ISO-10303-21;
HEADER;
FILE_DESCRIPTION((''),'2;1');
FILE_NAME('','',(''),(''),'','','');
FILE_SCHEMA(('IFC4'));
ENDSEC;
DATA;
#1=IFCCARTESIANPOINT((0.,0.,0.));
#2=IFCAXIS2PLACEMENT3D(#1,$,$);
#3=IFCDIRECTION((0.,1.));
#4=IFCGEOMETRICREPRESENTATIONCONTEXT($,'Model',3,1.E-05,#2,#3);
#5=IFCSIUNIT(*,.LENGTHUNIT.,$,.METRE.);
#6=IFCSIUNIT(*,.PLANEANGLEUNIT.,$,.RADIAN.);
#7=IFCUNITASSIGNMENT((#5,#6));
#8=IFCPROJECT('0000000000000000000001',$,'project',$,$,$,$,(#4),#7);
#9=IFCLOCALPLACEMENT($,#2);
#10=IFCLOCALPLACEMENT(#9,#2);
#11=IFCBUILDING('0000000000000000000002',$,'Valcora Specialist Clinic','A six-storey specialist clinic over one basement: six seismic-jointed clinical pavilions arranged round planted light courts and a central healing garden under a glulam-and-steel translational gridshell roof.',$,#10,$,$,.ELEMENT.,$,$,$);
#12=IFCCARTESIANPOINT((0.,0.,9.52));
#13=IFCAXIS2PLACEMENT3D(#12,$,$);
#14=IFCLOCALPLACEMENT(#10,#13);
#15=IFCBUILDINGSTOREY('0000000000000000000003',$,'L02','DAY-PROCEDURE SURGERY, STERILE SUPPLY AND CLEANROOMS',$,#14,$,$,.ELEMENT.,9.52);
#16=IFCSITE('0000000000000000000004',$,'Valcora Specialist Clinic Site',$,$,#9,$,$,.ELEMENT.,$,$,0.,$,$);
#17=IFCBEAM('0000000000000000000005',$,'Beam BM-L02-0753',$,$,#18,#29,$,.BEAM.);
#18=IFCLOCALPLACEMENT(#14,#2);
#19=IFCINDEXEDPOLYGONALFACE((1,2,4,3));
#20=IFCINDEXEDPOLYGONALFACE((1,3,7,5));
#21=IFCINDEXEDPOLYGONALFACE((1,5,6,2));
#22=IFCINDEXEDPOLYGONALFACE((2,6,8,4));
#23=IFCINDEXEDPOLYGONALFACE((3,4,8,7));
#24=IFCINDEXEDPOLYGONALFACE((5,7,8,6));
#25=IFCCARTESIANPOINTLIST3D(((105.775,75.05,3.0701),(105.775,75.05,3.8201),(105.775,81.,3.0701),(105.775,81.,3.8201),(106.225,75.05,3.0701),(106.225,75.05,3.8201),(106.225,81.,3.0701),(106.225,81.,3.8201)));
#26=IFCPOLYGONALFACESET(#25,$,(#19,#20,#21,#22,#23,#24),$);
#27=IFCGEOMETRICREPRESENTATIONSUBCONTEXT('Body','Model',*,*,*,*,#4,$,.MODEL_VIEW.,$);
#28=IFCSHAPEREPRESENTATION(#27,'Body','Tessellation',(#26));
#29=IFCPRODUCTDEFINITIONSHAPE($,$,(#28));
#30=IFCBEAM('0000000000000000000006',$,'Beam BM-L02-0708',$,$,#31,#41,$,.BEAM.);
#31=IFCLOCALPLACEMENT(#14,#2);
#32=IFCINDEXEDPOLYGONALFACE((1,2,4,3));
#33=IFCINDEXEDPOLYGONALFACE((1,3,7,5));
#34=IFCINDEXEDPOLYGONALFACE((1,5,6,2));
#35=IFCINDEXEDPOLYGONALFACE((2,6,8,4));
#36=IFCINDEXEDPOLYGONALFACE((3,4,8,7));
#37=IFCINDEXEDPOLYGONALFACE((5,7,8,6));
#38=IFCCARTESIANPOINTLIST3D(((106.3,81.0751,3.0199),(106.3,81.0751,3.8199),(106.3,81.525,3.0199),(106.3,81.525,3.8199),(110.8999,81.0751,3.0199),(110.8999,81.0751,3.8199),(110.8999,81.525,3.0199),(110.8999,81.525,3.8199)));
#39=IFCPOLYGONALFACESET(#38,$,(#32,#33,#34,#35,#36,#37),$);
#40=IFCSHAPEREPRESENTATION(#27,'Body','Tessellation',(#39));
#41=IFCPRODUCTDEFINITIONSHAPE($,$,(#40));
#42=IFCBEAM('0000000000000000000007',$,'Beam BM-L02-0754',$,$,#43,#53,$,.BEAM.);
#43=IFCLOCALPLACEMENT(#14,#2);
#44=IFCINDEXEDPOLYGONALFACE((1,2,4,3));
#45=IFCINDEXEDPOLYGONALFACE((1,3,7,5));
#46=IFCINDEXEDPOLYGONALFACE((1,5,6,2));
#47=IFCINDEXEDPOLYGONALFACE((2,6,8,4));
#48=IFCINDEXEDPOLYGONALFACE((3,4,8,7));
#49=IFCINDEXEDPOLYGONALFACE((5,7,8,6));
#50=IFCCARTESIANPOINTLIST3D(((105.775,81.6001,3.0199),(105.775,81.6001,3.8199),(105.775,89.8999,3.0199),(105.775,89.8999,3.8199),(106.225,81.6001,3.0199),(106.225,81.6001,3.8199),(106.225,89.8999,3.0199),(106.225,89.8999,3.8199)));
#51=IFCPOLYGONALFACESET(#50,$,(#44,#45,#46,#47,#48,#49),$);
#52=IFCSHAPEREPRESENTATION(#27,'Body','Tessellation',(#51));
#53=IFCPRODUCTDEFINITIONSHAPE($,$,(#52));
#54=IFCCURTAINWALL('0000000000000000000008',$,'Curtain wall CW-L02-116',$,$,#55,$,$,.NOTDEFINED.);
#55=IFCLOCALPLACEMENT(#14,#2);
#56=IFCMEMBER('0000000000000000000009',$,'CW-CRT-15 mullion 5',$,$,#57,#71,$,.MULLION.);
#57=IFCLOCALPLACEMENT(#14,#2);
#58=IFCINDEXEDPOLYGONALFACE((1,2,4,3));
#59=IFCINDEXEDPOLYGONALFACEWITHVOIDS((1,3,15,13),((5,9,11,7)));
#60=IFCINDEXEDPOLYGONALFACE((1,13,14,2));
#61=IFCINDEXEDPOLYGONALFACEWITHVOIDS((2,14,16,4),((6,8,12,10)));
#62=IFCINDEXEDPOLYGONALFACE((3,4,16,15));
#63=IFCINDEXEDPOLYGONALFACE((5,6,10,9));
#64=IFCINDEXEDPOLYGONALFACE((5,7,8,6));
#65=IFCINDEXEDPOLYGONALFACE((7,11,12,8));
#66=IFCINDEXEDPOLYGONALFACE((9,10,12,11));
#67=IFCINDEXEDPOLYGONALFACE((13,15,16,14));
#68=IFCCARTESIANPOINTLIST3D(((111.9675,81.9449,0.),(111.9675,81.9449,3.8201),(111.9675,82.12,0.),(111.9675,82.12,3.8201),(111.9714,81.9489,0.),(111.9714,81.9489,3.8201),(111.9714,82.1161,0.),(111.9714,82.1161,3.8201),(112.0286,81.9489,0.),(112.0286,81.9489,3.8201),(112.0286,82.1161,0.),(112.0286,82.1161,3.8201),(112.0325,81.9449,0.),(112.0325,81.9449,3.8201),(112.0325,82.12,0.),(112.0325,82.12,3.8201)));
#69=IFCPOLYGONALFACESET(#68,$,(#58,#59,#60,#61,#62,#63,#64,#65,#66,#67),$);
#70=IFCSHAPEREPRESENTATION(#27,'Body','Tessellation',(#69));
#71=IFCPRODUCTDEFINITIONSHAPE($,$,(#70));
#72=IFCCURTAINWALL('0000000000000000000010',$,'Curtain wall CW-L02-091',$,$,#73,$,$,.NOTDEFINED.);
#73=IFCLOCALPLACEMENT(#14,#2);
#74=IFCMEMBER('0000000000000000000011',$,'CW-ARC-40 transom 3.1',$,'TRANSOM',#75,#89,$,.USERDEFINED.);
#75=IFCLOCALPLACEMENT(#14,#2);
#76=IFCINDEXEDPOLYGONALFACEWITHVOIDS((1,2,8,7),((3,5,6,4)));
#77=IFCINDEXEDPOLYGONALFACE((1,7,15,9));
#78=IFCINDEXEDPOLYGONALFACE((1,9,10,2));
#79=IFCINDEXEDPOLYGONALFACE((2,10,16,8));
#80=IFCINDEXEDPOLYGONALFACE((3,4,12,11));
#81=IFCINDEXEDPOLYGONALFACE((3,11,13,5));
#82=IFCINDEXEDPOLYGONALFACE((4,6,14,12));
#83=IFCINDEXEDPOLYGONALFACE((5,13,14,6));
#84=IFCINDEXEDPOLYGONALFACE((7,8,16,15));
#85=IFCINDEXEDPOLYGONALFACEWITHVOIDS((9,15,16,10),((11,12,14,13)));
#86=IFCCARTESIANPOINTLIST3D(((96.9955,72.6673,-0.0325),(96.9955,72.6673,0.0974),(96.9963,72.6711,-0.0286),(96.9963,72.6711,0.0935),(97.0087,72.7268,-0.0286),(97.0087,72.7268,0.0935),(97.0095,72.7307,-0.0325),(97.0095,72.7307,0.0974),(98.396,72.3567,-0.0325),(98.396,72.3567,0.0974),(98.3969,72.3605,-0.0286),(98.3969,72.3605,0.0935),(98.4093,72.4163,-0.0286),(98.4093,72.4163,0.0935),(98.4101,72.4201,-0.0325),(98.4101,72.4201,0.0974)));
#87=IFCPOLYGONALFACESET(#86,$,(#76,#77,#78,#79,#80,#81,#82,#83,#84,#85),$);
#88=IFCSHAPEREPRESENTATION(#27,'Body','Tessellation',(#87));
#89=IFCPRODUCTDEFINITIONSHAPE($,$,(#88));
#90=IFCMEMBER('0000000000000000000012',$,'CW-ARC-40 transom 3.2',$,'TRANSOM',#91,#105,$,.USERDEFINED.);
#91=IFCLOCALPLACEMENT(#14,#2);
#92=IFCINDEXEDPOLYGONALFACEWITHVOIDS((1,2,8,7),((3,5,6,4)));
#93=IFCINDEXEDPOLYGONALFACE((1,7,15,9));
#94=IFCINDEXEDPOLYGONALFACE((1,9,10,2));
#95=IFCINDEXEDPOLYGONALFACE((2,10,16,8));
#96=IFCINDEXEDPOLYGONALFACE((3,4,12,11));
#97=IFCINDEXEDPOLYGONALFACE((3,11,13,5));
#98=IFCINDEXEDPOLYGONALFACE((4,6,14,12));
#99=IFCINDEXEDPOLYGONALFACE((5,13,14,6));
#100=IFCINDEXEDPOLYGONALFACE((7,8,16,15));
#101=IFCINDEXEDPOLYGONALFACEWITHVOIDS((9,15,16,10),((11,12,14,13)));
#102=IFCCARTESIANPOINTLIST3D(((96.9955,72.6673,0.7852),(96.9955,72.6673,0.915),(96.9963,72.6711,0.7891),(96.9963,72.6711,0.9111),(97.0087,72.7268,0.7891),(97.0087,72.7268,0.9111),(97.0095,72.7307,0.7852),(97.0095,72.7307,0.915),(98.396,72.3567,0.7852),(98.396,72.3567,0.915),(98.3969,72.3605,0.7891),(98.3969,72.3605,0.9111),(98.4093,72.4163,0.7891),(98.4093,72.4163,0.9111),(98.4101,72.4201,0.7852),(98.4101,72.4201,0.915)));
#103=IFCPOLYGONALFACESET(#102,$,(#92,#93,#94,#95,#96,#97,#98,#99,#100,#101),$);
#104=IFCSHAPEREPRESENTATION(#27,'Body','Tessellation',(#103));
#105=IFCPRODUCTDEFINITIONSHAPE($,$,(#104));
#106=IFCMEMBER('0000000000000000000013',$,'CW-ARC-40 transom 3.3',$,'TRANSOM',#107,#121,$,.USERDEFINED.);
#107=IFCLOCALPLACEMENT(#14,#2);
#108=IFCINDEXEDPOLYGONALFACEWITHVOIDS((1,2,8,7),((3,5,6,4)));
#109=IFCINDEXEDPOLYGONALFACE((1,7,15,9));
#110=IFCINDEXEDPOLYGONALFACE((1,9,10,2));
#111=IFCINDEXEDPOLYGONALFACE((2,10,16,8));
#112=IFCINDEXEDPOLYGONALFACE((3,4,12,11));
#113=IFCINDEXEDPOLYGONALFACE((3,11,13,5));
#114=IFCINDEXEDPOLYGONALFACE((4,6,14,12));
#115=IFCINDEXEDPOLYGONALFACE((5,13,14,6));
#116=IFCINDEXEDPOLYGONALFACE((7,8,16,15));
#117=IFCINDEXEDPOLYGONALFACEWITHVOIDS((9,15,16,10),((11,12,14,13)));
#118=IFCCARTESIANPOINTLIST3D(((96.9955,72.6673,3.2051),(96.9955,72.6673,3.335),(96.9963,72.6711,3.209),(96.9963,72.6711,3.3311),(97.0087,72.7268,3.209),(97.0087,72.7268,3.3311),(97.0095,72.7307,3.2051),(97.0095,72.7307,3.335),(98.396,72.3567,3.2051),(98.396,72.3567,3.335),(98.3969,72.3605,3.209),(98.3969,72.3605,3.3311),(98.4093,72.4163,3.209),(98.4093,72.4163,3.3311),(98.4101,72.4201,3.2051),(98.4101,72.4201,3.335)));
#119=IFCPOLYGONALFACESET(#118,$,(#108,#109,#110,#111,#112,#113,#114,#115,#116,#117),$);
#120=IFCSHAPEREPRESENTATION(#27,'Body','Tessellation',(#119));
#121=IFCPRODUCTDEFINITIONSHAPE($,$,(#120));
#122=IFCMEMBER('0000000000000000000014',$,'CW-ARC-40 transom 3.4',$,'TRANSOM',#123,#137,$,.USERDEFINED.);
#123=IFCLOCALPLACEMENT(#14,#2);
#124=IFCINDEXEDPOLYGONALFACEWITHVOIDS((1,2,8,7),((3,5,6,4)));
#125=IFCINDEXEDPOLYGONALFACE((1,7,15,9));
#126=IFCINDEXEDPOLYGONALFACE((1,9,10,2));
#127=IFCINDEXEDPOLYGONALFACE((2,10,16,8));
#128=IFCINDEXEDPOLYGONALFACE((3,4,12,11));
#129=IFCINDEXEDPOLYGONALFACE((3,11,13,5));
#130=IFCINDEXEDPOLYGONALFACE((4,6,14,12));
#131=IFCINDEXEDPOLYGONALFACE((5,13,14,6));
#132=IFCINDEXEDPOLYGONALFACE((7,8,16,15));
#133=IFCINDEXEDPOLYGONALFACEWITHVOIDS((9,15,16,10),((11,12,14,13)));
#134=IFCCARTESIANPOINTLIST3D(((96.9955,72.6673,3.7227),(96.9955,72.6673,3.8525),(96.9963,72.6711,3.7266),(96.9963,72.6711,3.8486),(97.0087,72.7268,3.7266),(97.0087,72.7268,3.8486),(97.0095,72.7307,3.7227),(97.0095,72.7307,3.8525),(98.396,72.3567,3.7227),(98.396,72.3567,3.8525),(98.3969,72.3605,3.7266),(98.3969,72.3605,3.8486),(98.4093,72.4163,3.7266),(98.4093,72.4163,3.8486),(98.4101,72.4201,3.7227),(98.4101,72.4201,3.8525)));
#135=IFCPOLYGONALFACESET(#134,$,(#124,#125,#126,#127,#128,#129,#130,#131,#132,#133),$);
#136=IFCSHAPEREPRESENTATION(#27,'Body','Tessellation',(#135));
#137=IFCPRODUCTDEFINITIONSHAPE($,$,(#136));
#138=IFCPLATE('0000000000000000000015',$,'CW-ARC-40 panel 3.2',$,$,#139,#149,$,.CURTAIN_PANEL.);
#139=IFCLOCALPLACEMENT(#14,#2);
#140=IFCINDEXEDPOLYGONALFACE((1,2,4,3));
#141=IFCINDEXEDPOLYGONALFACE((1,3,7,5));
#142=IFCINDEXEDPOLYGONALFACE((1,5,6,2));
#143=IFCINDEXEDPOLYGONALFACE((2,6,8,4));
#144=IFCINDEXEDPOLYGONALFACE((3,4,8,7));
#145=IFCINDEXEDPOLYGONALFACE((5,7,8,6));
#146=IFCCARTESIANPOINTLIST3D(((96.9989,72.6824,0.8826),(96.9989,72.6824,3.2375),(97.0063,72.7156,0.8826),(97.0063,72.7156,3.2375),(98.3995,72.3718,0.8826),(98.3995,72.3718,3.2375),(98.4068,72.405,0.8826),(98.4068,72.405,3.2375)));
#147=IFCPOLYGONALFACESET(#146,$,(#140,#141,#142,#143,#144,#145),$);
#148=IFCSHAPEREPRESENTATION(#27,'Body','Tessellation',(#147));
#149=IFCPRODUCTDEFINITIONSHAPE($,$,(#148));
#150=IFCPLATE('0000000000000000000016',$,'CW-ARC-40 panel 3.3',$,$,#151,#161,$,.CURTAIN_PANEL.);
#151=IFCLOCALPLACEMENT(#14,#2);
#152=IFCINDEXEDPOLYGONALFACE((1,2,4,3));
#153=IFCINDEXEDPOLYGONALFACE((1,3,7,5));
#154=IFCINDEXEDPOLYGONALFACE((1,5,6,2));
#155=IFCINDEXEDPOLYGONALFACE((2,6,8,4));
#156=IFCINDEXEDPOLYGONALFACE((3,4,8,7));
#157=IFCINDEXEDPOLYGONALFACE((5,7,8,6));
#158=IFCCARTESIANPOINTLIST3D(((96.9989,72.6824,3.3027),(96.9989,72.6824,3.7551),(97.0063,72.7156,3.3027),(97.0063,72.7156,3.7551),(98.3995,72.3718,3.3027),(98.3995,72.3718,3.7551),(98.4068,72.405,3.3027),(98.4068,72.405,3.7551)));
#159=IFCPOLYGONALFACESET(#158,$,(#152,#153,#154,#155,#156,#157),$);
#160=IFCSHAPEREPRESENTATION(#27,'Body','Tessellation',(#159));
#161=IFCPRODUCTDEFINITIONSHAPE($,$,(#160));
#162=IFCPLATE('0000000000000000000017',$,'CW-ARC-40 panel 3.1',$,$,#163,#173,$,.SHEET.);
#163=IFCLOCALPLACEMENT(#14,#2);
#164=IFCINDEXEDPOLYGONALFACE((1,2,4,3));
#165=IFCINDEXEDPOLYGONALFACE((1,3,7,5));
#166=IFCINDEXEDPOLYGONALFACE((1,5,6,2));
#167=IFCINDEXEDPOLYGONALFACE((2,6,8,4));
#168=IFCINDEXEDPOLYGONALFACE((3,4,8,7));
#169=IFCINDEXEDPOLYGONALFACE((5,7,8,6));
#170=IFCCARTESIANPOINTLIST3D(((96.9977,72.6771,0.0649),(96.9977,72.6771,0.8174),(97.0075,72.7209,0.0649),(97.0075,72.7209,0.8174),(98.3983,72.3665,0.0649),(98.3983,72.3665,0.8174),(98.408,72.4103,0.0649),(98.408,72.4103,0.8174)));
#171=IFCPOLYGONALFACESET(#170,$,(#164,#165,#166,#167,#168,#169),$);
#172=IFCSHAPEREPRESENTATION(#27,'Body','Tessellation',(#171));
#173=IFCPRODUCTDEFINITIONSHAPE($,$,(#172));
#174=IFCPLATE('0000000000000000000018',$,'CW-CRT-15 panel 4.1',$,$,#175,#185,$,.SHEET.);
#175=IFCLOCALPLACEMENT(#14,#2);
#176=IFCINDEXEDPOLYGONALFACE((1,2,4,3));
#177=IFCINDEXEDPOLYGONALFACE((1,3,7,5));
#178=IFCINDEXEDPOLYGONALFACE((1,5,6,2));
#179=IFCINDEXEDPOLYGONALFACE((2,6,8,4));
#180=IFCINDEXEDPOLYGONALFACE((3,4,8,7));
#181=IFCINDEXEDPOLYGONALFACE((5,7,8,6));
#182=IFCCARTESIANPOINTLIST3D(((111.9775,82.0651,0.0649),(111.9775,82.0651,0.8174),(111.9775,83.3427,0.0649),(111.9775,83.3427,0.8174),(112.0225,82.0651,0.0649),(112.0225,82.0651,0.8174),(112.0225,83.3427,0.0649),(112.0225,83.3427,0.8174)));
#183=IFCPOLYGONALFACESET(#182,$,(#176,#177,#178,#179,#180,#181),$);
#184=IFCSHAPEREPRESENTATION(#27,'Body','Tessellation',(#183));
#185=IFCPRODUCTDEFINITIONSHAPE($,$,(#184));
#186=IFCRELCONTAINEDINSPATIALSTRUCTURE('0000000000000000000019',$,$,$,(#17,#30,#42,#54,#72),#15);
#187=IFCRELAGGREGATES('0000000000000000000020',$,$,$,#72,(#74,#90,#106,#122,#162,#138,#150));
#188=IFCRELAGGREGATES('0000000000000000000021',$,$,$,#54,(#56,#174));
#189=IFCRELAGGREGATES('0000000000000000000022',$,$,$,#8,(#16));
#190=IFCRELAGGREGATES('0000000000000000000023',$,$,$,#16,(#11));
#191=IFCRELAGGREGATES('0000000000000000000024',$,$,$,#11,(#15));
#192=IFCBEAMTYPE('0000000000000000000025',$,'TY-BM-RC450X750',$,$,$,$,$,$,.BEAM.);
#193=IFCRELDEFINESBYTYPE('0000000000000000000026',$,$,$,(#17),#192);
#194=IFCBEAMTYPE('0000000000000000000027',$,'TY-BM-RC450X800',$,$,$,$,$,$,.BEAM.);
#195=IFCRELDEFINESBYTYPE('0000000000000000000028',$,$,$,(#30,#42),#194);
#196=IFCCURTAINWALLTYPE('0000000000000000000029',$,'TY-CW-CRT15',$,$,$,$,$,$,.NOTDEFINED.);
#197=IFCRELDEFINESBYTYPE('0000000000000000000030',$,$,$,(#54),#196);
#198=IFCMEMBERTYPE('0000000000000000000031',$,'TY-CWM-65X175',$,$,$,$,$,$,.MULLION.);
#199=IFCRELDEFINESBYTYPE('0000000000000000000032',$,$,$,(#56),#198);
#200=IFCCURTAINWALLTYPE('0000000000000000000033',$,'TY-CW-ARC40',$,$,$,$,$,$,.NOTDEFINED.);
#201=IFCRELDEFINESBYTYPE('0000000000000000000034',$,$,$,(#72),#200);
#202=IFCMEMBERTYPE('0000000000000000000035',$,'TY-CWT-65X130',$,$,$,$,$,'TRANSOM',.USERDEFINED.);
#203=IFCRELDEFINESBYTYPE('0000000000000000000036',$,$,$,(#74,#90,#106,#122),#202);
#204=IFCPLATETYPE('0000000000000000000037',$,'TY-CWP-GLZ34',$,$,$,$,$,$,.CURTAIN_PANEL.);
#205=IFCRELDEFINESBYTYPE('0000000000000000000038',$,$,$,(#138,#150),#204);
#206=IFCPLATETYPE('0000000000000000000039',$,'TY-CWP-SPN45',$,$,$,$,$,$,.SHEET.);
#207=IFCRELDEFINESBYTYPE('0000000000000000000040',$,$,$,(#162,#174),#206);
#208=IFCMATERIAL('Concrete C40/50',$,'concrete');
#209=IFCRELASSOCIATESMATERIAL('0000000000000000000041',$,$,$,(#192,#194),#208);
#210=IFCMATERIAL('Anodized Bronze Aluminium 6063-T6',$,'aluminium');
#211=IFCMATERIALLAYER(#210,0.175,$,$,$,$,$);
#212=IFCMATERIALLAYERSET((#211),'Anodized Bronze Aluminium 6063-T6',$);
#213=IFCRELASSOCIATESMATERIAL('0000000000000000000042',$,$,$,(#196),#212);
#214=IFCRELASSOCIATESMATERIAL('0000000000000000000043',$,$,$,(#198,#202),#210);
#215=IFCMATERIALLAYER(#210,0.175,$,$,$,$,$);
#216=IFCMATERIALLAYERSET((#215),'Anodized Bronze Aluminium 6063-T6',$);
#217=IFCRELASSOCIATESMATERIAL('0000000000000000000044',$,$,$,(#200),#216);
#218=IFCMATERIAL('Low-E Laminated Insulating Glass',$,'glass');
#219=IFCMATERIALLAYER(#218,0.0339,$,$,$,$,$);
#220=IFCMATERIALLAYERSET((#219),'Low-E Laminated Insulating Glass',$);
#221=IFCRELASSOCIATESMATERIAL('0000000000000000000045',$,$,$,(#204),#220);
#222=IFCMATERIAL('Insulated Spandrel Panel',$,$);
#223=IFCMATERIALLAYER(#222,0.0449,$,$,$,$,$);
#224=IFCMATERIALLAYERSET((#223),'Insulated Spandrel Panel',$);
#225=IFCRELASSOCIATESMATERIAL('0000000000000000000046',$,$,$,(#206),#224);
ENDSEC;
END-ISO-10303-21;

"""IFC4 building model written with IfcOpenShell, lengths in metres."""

from ifc_helpers import new_model, si_unit, direction, frame, origin, origin_2d, place, context, subcontext, project, spatial, rectangle, hollow_rectangle, extrude, material, layer, layer_set, material_profile, profile_set, type_object, element, aggregate, save


model = new_model("IFC4")

# Units and contexts
model_context = context("Model", 3, precision=1e-05, world=origin(), true_north=direction((0.0, 1.0)))
body_context = subcontext(model_context, "Body", "Model", "MODEL_VIEW")
ifc_project = project(units=[si_unit("LENGTHUNIT", "METRE"), si_unit("PLANEANGLEUNIT", "RADIAN")], contexts=[model_context])

# Site, building, storey
site_placement = place(None, origin())
site = spatial("IfcSite", under=ifc_project, at=site_placement, Name="Valcora Specialist Clinic Site", CompositionType="ELEMENT", RefElevation=0.0)
building_placement = place(site_placement, origin())
building = spatial("IfcBuilding", under=site, at=building_placement, Name="Valcora Specialist Clinic", Description="A six-storey specialist clinic over one basement: six seismic-jointed clinical pavilions arranged round planted light courts and a central healing garden under a glulam-and-steel translational gridshell roof.", CompositionType="ELEMENT")
storey_placement = place(building_placement, frame((0.0, 0.0, 9.52)))
storey = spatial("IfcBuildingStorey", under=building, at=storey_placement, Name="L02", Description="DAY-PROCEDURE SURGERY, STERILE SUPPLY AND CLEANROOMS", CompositionType="ELEMENT", Elevation=9.52)

# Shared definitions
ifc_material_1 = material(Name="Concrete C40/50", Category="concrete")

# Beams
ifc_material_profile_1 = material_profile(ifc_material_1, rectangle(XDim=0.45, YDim=0.75, at=origin_2d()), Name="RC-BM-450X750")
ifc_profile_set_1 = profile_set([ifc_material_profile_1], Name="Concrete C40/50")
beam_type_1 = type_object("IfcBeamType", Name="TY-BM-RC450X750", PredefinedType="BEAM", material=ifc_profile_set_1)
beam_1_placement = place(storey_placement, frame((106.0, 75.05, 3.4451), z_axis=(0.0, 1.0, 0.0), x_axis=(-1.0, 0.0, 0.0)))
element("IfcBeam", 1, at=beam_1_placement, inside=storey, type_object=beam_type_1, Name="Beam BM-L02-0753", PredefinedType="BEAM", context=body_context, shape_type="SweptSolid", body=[
    extrude(rectangle(XDim=0.45, YDim=0.75, at=origin_2d()), origin(), (0.0, 0.0, 1.0), 5.95),
])
ifc_material_profile_2 = material_profile(ifc_material_1, rectangle(XDim=0.45, YDim=0.8, at=origin_2d()), Name="RC-BM-450X800")
ifc_profile_set_2 = profile_set([ifc_material_profile_2], Name="Concrete C40/50")
beam_type_2 = type_object("IfcBeamType", Name="TY-BM-RC450X800", PredefinedType="BEAM", material=ifc_profile_set_2)
beam_2_placement = place(storey_placement, frame((106.3, 81.3, 3.4199), z_axis=(1.0, 0.0, 0.0), x_axis=(0.0, 1.0, 0.0)))
element("IfcBeam", 2, at=beam_2_placement, inside=storey, type_object=beam_type_2, Name="Beam BM-L02-0708", PredefinedType="BEAM", context=body_context, shape_type="SweptSolid", body=[
    extrude(rectangle(XDim=0.45, YDim=0.8, at=origin_2d()), origin(), (0.0, 0.0, 1.0), 4.5999),
])
beam_3_placement = place(storey_placement, frame((106.0, 81.6001, 3.4199), z_axis=(0.0, 1.0, 0.0), x_axis=(-1.0, 0.0, 0.0)))
element("IfcBeam", 3, at=beam_3_placement, inside=storey, type_object=beam_type_2, Name="Beam BM-L02-0754", PredefinedType="BEAM", context=body_context, shape_type="SweptSolid", body=[
    extrude(rectangle(XDim=0.45, YDim=0.8, at=origin_2d()), origin(), (0.0, 0.0, 1.0), 8.2998),
])

# Curtain wall, member
ifc_material_2 = material(Name="Anodized Bronze Aluminium 6063-T6", Category="aluminium")
ifc_layer_1 = layer(ifc_material_2, 0.175)
ifc_layer_set_1 = layer_set([ifc_layer_1], Name="Anodized Bronze Aluminium 6063-T6")
curtain_wall_type_1 = type_object("IfcCurtainWallType", Name="TY-CW-CRT15", PredefinedType="NOTDEFINED", material=ifc_layer_set_1)
curtain_wall_1_placement = place(storey_placement, origin())
curtain_wall_1 = element("IfcCurtainWall", 4, at=curtain_wall_1_placement, inside=storey, type_object=curtain_wall_type_1, Name="Curtain wall CW-L02-116", PredefinedType="NOTDEFINED")
ifc_material_profile_3 = material_profile(ifc_material_2, hollow_rectangle(XDim=0.0649, YDim=0.175, WallThickness=0.0039, at=origin_2d()), Name="AL-MUL-65X175")
ifc_profile_set_3 = profile_set([ifc_material_profile_3], Name="Anodized Bronze Aluminium 6063-T6")
member_type_1 = type_object("IfcMemberType", Name="TY-CWM-65X175", PredefinedType="MULLION", material=ifc_profile_set_3)
member_1_placement = place(storey_placement, frame((112.0, 82.0325, 0.0), z_axis=(0.0, 0.0, 1.0), x_axis=(1.0, 0.0, 0.0)))
member_1 = element("IfcMember", 5, at=member_1_placement, type_object=member_type_1, Name="CW-CRT-15 mullion 5", PredefinedType="MULLION", context=body_context, shape_type="SweptSolid", body=[
    extrude(hollow_rectangle(XDim=0.0649, YDim=0.175, WallThickness=0.0039, at=origin_2d()), origin(), (0.0, 0.0, 1.0), 3.8201),
])

# Curtain wall, members, plates
ifc_layer_2 = layer(ifc_material_2, 0.175)
ifc_layer_set_2 = layer_set([ifc_layer_2], Name="Anodized Bronze Aluminium 6063-T6")
curtain_wall_type_2 = type_object("IfcCurtainWallType", Name="TY-CW-ARC40", PredefinedType="NOTDEFINED", material=ifc_layer_set_2)
curtain_wall_2_placement = place(storey_placement, origin())
curtain_wall_2 = element("IfcCurtainWall", 6, at=curtain_wall_2_placement, inside=storey, type_object=curtain_wall_type_2, Name="Curtain wall CW-L02-091", PredefinedType="NOTDEFINED")
ifc_material_profile_4 = material_profile(ifc_material_2, hollow_rectangle(XDim=0.0649, YDim=0.1299, WallThickness=0.0039, at=origin_2d()), Name="AL-TRN-65X130")
ifc_profile_set_4 = profile_set([ifc_material_profile_4], Name="Anodized Bronze Aluminium 6063-T6")
member_type_2 = type_object("IfcMemberType", Name="TY-CWT-65X130", ElementType="TRANSOM", PredefinedType="USERDEFINED", material=ifc_profile_set_4)
member_2_placement = place(storey_placement, frame((98.4031, 72.3884, 0.0325), z_axis=(-0.976291, 0.216462, 0.0), x_axis=(-0.216462, -0.976291, 0.0)))
member_2 = element("IfcMember", 7, at=member_2_placement, type_object=member_type_2, Name="CW-ARC-40 transom 3.1", ObjectType="TRANSOM", PredefinedType="USERDEFINED", context=body_context, shape_type="SweptSolid", body=[
    extrude(hollow_rectangle(XDim=0.0649, YDim=0.1299, WallThickness=0.0039, at=origin_2d()), origin(), (0.0, 0.0, 1.0), 1.4346),
])
member_3_placement = place(storey_placement, frame((98.4031, 72.3884, 0.8501), z_axis=(-0.976291, 0.216462, 0.0), x_axis=(-0.216462, -0.976291, 0.0)))
member_3 = element("IfcMember", 8, at=member_3_placement, type_object=member_type_2, Name="CW-ARC-40 transom 3.2", ObjectType="TRANSOM", PredefinedType="USERDEFINED", context=body_context, shape_type="SweptSolid", body=[
    extrude(hollow_rectangle(XDim=0.0649, YDim=0.1299, WallThickness=0.0039, at=origin_2d()), origin(), (0.0, 0.0, 1.0), 1.4346),
])
member_4_placement = place(storey_placement, frame((98.4031, 72.3884, 3.27), z_axis=(-0.976291, 0.216462, 0.0), x_axis=(-0.216462, -0.976291, 0.0)))
member_4 = element("IfcMember", 9, at=member_4_placement, type_object=member_type_2, Name="CW-ARC-40 transom 3.3", ObjectType="TRANSOM", PredefinedType="USERDEFINED", context=body_context, shape_type="SweptSolid", body=[
    extrude(hollow_rectangle(XDim=0.0649, YDim=0.1299, WallThickness=0.0039, at=origin_2d()), origin(), (0.0, 0.0, 1.0), 1.4346),
])
member_5_placement = place(storey_placement, frame((98.4031, 72.3884, 3.7876), z_axis=(-0.976291, 0.216462, 0.0), x_axis=(-0.216462, -0.976291, 0.0)))
member_5 = element("IfcMember", 10, at=member_5_placement, type_object=member_type_2, Name="CW-ARC-40 transom 3.4", ObjectType="TRANSOM", PredefinedType="USERDEFINED", context=body_context, shape_type="SweptSolid", body=[
    extrude(hollow_rectangle(XDim=0.0649, YDim=0.1299, WallThickness=0.0039, at=origin_2d()), origin(), (0.0, 0.0, 1.0), 1.4346),
])
ifc_material_3 = material(Name="Low-E Laminated Insulating Glass", Category="glass")
ifc_layer_3 = layer(ifc_material_3, 0.0339)
ifc_layer_set_3 = layer_set([ifc_layer_3], Name="Low-E Laminated Insulating Glass")
plate_type_1 = type_object("IfcPlateType", Name="TY-CWP-GLZ34", PredefinedType="CURTAIN_PANEL", material=ifc_layer_set_3)
plate_1_placement = place(storey_placement, frame((97.7029, 72.5437, 0.8826), z_axis=(0.0, 0.0, 1.0), x_axis=(-0.976279, 0.216518, 0.0)))
plate_1 = element("IfcPlate", 11, at=plate_1_placement, type_object=plate_type_1, Name="CW-ARC-40 panel 3.2", PredefinedType="CURTAIN_PANEL", context=body_context, shape_type="SweptSolid", body=[
    extrude(rectangle(XDim=1.4346, YDim=0.0339, at=origin_2d()), origin(), (0.0, 0.0, 1.0), 2.355),
])
plate_2_placement = place(storey_placement, frame((97.7029, 72.5437, 3.3027), z_axis=(0.0, 0.0, 1.0), x_axis=(-0.976279, 0.216518, 0.0)))
plate_2 = element("IfcPlate", 12, at=plate_2_placement, type_object=plate_type_1, Name="CW-ARC-40 panel 3.3", PredefinedType="CURTAIN_PANEL", context=body_context, shape_type="SweptSolid", body=[
    extrude(rectangle(XDim=1.4346, YDim=0.0339, at=origin_2d()), origin(), (0.0, 0.0, 1.0), 0.4524),
])
ifc_material_4 = material(Name="Insulated Spandrel Panel")
ifc_layer_4 = layer(ifc_material_4, 0.0449)
ifc_layer_set_4 = layer_set([ifc_layer_4], Name="Insulated Spandrel Panel")
plate_type_2 = type_object("IfcPlateType", Name="TY-CWP-SPN45", PredefinedType="SHEET", material=ifc_layer_set_4)
plate_3_placement = place(storey_placement, frame((97.7029, 72.5437, 0.0649), z_axis=(0.0, 0.0, 1.0), x_axis=(-0.976279, 0.216518, 0.0)))
plate_3 = element("IfcPlate", 13, at=plate_3_placement, type_object=plate_type_2, Name="CW-ARC-40 panel 3.1", PredefinedType="SHEET", context=body_context, shape_type="SweptSolid", body=[
    extrude(rectangle(XDim=1.4346, YDim=0.0449, at=origin_2d()), origin(), (0.0, 0.0, 1.0), 0.7524),
])
aggregate(curtain_wall_2, [member_2, member_3, member_4, member_5, plate_3, plate_1, plate_2])

# Plate
plate_4_placement = place(storey_placement, frame((112.0, 82.7039, 0.0649), z_axis=(0.0, 0.0, 1.0), x_axis=(0.0, -1.0, 0.0)))
plate_4 = element("IfcPlate", 14, at=plate_4_placement, type_object=plate_type_2, Name="CW-CRT-15 panel 4.1", PredefinedType="SHEET", context=body_context, shape_type="SweptSolid", body=[
    extrude(rectangle(XDim=1.2776, YDim=0.0449, at=origin_2d()), origin(), (0.0, 0.0, 1.0), 0.7524),
])
aggregate(curtain_wall_1, [member_1, plate_4])

save(model, "model.ifc")
